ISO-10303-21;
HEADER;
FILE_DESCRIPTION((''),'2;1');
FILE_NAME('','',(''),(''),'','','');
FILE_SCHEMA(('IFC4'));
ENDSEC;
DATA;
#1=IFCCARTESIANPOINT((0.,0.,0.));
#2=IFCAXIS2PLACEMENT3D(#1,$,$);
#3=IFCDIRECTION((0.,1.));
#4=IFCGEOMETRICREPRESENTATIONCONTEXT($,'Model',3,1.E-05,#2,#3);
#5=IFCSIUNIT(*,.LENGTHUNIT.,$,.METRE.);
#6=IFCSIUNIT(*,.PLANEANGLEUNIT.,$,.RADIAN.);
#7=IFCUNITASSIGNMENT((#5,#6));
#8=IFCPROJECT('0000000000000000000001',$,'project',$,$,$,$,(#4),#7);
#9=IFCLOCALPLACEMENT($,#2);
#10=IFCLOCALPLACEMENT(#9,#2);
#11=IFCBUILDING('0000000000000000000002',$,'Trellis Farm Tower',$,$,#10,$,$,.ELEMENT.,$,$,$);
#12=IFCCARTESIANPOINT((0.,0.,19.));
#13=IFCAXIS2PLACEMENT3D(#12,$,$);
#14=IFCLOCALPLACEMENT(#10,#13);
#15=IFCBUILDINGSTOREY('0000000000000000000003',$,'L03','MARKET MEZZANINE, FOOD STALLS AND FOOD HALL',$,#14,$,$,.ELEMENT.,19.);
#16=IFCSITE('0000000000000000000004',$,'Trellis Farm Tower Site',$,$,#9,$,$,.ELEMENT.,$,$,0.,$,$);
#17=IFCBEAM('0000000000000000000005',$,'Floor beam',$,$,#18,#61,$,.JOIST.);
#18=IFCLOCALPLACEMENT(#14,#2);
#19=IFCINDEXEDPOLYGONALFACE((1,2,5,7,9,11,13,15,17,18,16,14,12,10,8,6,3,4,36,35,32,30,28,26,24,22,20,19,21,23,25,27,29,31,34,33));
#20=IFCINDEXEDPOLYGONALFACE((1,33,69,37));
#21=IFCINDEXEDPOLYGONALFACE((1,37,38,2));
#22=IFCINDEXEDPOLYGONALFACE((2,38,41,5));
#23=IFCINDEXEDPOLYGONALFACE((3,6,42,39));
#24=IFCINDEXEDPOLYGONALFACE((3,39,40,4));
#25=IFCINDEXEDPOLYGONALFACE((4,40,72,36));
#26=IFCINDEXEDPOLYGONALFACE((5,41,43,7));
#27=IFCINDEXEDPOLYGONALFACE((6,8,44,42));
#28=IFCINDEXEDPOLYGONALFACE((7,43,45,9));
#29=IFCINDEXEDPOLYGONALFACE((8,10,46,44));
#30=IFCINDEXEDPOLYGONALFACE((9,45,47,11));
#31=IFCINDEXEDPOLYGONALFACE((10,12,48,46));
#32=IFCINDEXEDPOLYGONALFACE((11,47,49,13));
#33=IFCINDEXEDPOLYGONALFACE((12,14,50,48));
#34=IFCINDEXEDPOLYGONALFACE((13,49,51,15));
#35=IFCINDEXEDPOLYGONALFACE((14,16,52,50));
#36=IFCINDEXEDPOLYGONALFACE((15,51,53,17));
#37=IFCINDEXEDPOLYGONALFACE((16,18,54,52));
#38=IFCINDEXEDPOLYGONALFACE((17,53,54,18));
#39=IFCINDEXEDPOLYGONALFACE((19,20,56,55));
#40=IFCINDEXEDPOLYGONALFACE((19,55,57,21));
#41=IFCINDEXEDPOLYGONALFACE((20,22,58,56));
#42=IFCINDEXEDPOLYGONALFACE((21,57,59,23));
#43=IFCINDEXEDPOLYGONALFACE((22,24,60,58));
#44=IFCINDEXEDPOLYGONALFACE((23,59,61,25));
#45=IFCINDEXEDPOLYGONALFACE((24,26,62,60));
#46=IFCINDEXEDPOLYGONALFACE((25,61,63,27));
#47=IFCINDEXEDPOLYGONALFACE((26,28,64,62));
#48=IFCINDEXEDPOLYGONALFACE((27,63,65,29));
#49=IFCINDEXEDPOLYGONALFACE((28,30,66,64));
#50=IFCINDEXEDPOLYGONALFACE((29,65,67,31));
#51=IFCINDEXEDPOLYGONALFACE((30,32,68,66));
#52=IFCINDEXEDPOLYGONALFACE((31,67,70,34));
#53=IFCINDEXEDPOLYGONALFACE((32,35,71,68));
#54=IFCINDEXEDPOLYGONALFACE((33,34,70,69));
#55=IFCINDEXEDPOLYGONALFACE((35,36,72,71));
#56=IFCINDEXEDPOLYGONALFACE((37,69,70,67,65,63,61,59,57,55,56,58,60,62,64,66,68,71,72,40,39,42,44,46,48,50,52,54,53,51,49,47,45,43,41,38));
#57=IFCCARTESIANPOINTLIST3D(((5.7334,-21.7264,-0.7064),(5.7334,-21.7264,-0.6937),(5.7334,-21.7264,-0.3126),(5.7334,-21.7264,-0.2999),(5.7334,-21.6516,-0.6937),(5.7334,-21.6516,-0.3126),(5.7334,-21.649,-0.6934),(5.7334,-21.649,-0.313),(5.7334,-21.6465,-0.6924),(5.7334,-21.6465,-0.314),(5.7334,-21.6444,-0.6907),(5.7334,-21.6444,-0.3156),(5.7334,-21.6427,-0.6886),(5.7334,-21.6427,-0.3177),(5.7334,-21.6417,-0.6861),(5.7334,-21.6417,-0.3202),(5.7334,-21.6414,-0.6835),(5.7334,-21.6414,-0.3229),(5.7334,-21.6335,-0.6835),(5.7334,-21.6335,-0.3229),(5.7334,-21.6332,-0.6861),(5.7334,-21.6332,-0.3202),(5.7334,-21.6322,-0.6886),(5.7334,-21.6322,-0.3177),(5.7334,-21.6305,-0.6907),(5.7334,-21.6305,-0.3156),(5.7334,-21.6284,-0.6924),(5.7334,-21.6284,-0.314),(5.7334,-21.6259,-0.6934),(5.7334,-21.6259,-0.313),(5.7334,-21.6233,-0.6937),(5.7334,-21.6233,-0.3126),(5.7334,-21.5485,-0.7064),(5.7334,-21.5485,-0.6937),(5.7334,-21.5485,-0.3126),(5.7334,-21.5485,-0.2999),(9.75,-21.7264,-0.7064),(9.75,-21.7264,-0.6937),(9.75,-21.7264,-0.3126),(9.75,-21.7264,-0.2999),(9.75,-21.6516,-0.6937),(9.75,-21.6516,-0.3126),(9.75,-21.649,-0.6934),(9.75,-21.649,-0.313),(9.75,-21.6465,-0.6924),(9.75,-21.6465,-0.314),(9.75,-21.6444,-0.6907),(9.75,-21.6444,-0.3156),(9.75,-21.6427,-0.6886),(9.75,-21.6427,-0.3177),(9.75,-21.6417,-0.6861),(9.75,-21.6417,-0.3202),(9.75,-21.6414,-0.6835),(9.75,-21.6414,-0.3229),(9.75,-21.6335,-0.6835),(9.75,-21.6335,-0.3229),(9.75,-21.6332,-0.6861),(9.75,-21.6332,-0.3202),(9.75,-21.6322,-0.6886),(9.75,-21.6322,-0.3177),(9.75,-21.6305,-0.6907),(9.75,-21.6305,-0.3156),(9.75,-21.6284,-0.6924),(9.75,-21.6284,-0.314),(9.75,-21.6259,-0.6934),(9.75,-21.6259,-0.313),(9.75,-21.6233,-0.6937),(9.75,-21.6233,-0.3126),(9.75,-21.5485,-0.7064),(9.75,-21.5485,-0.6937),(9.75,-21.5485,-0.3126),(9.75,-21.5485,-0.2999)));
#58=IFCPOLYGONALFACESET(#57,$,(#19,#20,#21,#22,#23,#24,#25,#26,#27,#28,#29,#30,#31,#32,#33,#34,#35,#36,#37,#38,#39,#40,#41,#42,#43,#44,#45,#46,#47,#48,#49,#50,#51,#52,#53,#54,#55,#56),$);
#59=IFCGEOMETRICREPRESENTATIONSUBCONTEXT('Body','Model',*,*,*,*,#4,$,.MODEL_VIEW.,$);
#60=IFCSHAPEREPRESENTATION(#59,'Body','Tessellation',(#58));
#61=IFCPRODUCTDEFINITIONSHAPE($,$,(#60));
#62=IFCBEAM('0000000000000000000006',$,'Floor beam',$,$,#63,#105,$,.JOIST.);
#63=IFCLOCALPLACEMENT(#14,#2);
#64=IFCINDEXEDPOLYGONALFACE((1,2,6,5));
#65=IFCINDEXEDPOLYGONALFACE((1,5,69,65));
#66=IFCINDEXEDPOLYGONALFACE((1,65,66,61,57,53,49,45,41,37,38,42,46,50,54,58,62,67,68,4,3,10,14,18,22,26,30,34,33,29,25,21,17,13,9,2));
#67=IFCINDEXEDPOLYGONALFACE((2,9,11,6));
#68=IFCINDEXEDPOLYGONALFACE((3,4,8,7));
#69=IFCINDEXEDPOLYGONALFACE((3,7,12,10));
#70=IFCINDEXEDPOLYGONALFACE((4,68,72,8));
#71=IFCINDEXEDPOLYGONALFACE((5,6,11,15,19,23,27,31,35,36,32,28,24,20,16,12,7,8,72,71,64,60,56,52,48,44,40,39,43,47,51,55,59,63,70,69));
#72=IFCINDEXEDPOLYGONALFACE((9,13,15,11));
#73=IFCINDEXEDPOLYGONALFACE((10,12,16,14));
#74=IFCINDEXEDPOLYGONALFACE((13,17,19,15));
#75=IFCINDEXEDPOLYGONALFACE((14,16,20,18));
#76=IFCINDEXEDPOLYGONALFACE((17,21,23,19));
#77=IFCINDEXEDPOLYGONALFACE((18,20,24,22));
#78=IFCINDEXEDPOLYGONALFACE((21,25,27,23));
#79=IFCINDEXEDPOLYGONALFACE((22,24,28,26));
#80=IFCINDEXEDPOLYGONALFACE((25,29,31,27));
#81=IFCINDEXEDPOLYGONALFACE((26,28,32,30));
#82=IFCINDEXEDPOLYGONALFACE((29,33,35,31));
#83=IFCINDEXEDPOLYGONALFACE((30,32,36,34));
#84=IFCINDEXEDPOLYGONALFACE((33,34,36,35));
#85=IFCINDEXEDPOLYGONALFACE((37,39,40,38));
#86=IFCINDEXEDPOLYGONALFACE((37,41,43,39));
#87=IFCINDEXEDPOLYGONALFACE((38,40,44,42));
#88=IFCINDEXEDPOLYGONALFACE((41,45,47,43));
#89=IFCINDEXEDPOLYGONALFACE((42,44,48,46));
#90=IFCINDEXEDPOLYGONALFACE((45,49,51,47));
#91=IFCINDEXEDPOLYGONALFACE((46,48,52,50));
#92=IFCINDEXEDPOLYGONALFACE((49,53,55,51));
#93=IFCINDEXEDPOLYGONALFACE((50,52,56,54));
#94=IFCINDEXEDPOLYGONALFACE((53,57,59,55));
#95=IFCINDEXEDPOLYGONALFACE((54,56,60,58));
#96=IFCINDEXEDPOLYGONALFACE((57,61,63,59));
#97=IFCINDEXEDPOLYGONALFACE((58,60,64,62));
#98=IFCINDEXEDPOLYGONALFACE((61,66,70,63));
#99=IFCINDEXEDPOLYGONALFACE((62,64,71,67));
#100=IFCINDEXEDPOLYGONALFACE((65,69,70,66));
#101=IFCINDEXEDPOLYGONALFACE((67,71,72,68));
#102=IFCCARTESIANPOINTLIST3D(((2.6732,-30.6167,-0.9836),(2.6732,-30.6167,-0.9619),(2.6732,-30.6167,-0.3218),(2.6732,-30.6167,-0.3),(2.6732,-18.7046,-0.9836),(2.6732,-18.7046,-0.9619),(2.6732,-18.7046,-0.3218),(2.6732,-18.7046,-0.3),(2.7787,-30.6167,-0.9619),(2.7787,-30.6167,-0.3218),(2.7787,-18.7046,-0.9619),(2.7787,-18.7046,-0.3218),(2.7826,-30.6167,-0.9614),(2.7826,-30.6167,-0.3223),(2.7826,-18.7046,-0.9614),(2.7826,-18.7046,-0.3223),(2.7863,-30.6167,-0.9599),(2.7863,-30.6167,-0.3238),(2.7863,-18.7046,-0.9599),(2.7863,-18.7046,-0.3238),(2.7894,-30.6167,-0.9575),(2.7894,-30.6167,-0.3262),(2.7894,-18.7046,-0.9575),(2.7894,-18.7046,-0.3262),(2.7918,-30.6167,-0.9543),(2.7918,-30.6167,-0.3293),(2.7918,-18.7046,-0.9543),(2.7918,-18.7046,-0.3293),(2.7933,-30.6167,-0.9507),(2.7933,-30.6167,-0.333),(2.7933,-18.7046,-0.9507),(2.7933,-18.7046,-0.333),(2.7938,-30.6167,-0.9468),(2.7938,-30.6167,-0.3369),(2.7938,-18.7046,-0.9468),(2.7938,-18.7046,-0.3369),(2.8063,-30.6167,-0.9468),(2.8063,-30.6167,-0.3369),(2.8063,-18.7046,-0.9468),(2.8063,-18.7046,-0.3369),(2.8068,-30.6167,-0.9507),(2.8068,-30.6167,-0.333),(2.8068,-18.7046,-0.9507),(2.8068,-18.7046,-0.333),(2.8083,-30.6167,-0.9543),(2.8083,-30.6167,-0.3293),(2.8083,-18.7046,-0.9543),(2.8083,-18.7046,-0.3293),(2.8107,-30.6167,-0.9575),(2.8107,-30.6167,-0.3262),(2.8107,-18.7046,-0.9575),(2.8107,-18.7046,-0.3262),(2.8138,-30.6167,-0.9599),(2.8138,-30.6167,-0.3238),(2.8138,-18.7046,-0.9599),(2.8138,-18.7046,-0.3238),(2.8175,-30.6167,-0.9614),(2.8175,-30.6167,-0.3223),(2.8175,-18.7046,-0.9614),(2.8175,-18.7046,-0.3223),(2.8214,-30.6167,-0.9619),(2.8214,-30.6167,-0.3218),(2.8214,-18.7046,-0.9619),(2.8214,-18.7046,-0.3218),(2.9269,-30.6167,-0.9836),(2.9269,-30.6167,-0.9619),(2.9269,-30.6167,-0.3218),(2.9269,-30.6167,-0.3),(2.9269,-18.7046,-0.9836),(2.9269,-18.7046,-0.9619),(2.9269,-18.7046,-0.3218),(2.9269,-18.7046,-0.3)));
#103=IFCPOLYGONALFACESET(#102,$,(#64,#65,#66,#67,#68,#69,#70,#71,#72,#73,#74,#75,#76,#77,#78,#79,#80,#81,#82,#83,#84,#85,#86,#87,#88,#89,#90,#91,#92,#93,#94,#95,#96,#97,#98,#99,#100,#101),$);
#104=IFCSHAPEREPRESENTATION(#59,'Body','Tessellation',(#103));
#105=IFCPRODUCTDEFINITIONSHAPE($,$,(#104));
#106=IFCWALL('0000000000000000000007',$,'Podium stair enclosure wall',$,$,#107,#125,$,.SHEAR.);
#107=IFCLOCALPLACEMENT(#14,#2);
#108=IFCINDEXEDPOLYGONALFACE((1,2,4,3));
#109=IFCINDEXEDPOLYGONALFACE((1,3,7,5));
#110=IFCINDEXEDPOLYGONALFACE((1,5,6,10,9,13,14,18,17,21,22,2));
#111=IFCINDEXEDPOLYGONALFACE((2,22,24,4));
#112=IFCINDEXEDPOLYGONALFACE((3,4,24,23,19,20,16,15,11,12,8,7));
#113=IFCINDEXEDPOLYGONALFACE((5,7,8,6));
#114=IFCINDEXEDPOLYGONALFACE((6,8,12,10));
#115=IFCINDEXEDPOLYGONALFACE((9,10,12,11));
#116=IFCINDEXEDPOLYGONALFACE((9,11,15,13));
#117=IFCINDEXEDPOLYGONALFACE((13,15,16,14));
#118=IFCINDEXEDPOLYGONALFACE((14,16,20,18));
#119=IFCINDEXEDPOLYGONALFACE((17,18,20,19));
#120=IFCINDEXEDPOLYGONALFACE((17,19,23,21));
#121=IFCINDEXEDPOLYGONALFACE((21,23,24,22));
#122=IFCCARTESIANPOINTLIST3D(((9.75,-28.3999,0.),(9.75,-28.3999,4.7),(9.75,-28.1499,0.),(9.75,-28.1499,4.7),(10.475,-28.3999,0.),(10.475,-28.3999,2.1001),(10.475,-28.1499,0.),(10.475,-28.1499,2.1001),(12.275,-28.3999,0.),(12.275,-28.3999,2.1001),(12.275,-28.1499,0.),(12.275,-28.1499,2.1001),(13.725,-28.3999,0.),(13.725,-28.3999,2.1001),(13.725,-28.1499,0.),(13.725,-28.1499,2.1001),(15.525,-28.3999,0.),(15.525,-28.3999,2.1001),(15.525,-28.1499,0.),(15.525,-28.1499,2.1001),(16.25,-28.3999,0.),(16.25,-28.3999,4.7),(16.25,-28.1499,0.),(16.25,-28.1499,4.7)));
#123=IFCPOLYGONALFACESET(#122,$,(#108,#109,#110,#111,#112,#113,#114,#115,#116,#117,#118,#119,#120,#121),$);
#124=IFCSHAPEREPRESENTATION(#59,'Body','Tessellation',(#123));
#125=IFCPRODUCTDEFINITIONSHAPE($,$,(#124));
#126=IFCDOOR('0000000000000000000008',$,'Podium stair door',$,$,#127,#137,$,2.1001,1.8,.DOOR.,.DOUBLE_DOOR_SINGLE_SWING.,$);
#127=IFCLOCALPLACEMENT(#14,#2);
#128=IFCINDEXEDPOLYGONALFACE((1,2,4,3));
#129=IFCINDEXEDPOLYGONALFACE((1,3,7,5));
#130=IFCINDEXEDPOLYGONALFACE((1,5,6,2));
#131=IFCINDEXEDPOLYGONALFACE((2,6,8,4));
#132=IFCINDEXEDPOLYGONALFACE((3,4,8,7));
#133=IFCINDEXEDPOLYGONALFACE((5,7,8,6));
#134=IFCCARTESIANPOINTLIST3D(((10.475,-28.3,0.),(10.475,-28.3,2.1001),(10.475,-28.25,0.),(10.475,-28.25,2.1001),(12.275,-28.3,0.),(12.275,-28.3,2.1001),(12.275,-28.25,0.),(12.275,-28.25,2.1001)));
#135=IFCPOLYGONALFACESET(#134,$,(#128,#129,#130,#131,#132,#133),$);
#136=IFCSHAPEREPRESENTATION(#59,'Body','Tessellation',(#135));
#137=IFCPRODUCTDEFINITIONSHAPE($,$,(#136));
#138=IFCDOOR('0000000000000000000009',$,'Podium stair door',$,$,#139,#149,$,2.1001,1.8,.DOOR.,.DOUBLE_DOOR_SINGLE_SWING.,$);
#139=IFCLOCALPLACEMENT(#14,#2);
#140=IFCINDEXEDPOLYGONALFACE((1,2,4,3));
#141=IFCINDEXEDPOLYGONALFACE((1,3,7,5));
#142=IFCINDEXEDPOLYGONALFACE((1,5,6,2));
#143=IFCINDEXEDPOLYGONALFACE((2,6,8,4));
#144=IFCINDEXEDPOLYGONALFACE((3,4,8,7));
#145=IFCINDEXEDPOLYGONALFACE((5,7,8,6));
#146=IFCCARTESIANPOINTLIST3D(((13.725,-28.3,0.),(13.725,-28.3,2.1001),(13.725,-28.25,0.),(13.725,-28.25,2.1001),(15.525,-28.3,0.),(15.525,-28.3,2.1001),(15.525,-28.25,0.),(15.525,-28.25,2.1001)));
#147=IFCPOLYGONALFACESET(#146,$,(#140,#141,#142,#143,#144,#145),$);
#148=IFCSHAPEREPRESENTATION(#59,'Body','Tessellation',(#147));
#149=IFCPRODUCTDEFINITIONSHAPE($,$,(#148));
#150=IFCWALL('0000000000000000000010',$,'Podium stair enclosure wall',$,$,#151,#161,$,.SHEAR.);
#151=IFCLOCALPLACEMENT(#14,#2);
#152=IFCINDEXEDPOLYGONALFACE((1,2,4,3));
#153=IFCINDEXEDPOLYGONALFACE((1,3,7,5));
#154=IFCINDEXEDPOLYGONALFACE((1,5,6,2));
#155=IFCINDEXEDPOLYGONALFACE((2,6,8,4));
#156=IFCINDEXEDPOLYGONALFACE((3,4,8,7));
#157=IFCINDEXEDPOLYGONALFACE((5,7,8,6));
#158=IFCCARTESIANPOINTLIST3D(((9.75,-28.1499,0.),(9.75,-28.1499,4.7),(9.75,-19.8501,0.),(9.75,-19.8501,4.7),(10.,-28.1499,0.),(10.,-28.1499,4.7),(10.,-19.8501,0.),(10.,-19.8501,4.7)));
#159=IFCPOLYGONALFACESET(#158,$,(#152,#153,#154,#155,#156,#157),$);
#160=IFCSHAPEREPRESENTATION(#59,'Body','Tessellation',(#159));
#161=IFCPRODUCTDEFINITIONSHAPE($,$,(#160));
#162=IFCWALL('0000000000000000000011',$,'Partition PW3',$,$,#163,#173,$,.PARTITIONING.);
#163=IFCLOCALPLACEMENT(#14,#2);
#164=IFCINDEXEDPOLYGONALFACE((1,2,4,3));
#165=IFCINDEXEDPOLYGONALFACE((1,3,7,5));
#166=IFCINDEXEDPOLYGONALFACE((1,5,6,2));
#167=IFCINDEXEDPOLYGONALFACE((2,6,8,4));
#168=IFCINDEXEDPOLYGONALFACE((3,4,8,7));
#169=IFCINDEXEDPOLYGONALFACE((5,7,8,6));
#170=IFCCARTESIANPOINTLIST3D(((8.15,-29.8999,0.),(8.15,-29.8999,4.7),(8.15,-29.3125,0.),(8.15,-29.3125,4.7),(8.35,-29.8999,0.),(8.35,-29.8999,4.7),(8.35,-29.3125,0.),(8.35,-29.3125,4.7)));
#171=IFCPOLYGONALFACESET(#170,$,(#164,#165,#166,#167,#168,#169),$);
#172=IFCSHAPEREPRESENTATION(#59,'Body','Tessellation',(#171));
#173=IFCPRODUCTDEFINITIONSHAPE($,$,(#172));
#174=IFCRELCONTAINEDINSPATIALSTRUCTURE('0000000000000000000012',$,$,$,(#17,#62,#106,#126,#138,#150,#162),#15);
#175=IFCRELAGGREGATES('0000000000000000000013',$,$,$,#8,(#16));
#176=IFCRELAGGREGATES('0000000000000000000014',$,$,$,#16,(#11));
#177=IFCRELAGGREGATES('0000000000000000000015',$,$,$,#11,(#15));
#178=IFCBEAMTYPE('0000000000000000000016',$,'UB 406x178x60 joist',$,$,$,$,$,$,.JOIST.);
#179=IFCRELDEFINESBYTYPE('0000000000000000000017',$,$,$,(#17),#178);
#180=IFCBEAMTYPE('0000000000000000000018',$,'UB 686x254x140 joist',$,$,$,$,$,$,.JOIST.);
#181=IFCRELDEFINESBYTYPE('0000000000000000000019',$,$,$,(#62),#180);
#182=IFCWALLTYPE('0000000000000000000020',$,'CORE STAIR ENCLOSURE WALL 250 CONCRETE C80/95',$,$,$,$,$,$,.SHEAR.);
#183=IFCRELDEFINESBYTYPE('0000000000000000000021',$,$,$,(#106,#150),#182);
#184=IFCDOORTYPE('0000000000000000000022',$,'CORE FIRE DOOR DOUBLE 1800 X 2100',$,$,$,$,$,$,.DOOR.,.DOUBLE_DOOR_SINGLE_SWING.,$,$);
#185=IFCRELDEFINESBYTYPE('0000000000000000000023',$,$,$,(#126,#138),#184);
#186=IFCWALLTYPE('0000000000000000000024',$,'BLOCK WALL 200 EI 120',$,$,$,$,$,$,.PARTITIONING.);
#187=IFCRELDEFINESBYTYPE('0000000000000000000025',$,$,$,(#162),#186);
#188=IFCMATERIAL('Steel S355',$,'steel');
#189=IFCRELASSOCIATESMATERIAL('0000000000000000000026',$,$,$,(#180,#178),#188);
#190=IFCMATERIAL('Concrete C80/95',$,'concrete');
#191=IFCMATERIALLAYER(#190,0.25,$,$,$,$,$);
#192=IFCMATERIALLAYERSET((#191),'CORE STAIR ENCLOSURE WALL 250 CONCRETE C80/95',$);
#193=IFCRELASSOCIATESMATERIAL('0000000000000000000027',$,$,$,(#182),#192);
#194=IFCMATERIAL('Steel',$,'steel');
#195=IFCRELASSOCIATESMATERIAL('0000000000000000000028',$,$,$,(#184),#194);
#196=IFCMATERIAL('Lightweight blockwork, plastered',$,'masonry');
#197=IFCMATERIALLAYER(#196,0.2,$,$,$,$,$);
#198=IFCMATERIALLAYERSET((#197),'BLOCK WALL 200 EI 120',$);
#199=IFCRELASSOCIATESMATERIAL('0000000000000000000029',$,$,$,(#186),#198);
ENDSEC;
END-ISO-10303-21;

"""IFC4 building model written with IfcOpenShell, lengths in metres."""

from ifc_helpers import new_model, si_unit, direction, frame, frame_2d, origin, origin_2d, place, context, subcontext, project, spatial, rectangle, i_section, extrude, source, transform, mapped, material, layer, layer_set, material_profile, profile_set, type_object, element, fill, save


model = new_model("IFC4")

# Units and contexts
model_context = context("Model", 3, precision=1e-05, world=origin(), true_north=direction((0.0, 1.0)))
body_context = subcontext(model_context, "Body", "Model", "MODEL_VIEW")
ifc_project = project(units=[si_unit("LENGTHUNIT", "METRE"), si_unit("PLANEANGLEUNIT", "RADIAN")], contexts=[model_context])

# Site, building, storey
site_placement = place(None, origin())
site = spatial("IfcSite", under=ifc_project, at=site_placement, Name="Trellis Farm Tower Site", CompositionType="ELEMENT", RefElevation=0.0)
building_placement = place(site_placement, origin())
building = spatial("IfcBuilding", under=site, at=building_placement, Name="Trellis Farm Tower", CompositionType="ELEMENT")
storey_placement = place(building_placement, frame((0.0, 0.0, 19.0)))
storey = spatial("IfcBuildingStorey", under=building, at=storey_placement, Name="L03", Description="MARKET MEZZANINE, FOOD STALLS AND FOOD HALL", CompositionType="ELEMENT", Elevation=19.0)

# Shared definitions
ifc_material_1 = material(Name="Concrete C80/95", Category="concrete")

# Beams
ifc_material_2 = material(Name="Steel S355", Category="steel")
ifc_material_profile_1 = material_profile(ifc_material_2, i_section(OverallWidth=0.2537, OverallDepth=0.6836, WebThickness=0.0125, FlangeThickness=0.0217, FilletRadius=0.0151, at=origin_2d()), Name="UB 686x254x140")
ifc_profile_set_1 = profile_set([ifc_material_profile_1], Name="Steel S355")
beam_type_1 = type_object("IfcBeamType", Name="UB 686x254x140 joist", PredefinedType="JOIST", material=ifc_profile_set_1)
ifc_material_profile_2 = material_profile(ifc_material_2, i_section(OverallWidth=0.178, OverallDepth=0.4065, WebThickness=0.0078, FlangeThickness=0.0127, FilletRadius=0.0103, at=origin_2d()), Name="UB 406x178x60")
ifc_profile_set_2 = profile_set([ifc_material_profile_2], Name="Steel S355")
beam_type_2 = type_object("IfcBeamType", Name="UB 406x178x60 joist", PredefinedType="JOIST", material=ifc_profile_set_2)
shared_shape_1 = source(origin(), body_context, "Body", "SweptSolid", [
    extrude(i_section(OverallWidth=0.178, OverallDepth=0.4065, WebThickness=0.0078, FlangeThickness=0.0127, FilletRadius=0.0103, at=origin_2d()), origin(), (0.0, 0.0, 1.0), 4.0166),
])
for number, where, z_axis, x_axis, name in (
    (1, (5.7334, -21.6375, -0.5032), (1.0, 0.0, 0.0), (0.0, 1.0, 0.0), "Floor beam"),
):
    element("IfcBeam", number, at=place(storey_placement, frame(where, z_axis=z_axis, x_axis=x_axis)), inside=storey, type_object=beam_type_2, Name=name, PredefinedType="JOIST", context=body_context, shape_type="MappedRepresentation", body=[
        mapped(shared_shape_1, transform((0.0, 0.0, 0.0))),
    ])
shared_shape_2 = source(origin(), body_context, "Body", "SweptSolid", [
    extrude(i_section(OverallWidth=0.2537, OverallDepth=0.6836, WebThickness=0.0125, FlangeThickness=0.0217, FilletRadius=0.0151, at=origin_2d()), origin(), (0.0, 0.0, 1.0), 11.9121),
])
beam_1_placement = place(storey_placement, frame((2.8, -30.6167, -0.6418), z_axis=(0.0, 1.0, 0.0), x_axis=(-1.0, 0.0, 0.0)))
element("IfcBeam", 2, at=beam_1_placement, inside=storey, type_object=beam_type_1, Name="Floor beam", PredefinedType="JOIST", context=body_context, shape_type="MappedRepresentation", body=[
    mapped(shared_shape_2, transform((0.0, 0.0, 0.0))),
])

# Wall, openings, doors
ifc_layer_1 = layer(ifc_material_1, 0.25)
ifc_layer_set_1 = layer_set([ifc_layer_1], Name="CORE STAIR ENCLOSURE WALL 250 CONCRETE C80/95")
wall_type_1 = type_object("IfcWallType", Name="CORE STAIR ENCLOSURE WALL 250 CONCRETE C80/95", PredefinedType="SHEAR", material=ifc_layer_set_1)
shared_shape_3 = source(origin(), body_context, "Body", "SweptSolid", [
    extrude(rectangle(XDim=6.5, YDim=0.25, at=frame_2d((3.25, 0.0))), origin(), (0.0, 0.0, 1.0), 4.7),
])
wall_1_placement = place(storey_placement, frame((9.75, -28.2749, 0.0), z_axis=(0.0, 0.0, 1.0), x_axis=(1.0, 0.0, 0.0)))
wall_1 = element("IfcWall", 3, at=wall_1_placement, inside=storey, type_object=wall_type_1, Name="Podium stair enclosure wall", PredefinedType="SHEAR", context=body_context, shape_type="MappedRepresentation", body=[
    mapped(shared_shape_3, transform((0.0, 0.0, 0.0))),
])
shared_shape_4 = source(origin(), body_context, "Body", "SweptSolid", [
    extrude(rectangle(XDim=1.8, YDim=2.1001, at=frame_2d((0.8999, 1.05))), frame((0.0, 0.135, 0.0), z_axis=(0.0, -1.0, 0.0), x_axis=(1.0, 0.0, 0.0)), (0.0, 0.0, 1.0), 0.27),
])
opening_1_placement = place(wall_1_placement, frame((0.7251, 0.0, 0.0)))
opening_1 = element("IfcOpeningElement", 4, at=opening_1_placement, cuts=wall_1, PredefinedType="OPENING", context=body_context, shape_type="MappedRepresentation", body=[
    mapped(shared_shape_4, transform((0.0, 0.0, 0.0))),
])
opening_2_placement = place(wall_1_placement, frame((3.9751, 0.0, 0.0)))
opening_2 = element("IfcOpeningElement", 5, at=opening_2_placement, cuts=wall_1, PredefinedType="OPENING", context=body_context, shape_type="MappedRepresentation", body=[
    mapped(shared_shape_4, transform((0.0, 0.0, 0.0))),
])
ifc_material_3 = material(Name="Steel", Category="steel")
door_type_1 = type_object("IfcDoorType", Name="CORE FIRE DOOR DOUBLE 1800 X 2100", OperationType="DOUBLE_DOOR_SINGLE_SWING", PredefinedType="DOOR", material=ifc_material_3)
shared_shape_5 = source(origin(), body_context, "Body", "SweptSolid", [
    extrude(rectangle(XDim=1.8, YDim=2.1001, at=frame_2d((0.8999, 1.05))), frame((0.0, 0.0249, 0.0), z_axis=(0.0, -1.0, 0.0), x_axis=(1.0, 0.0, 0.0)), (0.0, 0.0, 1.0), 0.05),
])
door_1_placement = place(opening_1_placement, origin())
door_1 = element("IfcDoor", 6, at=door_1_placement, inside=storey, type_object=door_type_1, Name="Podium stair door", OperationType="DOUBLE_DOOR_SINGLE_SWING", OverallHeight=2.1001, OverallWidth=1.8, PredefinedType="DOOR", context=body_context, shape_type="MappedRepresentation", body=[
    mapped(shared_shape_5, transform((0.0, 0.0, 0.0))),
])
fill(opening_1, door_1)
door_2_placement = place(opening_2_placement, origin())
door_2 = element("IfcDoor", 7, at=door_2_placement, inside=storey, type_object=door_type_1, Name="Podium stair door", OperationType="DOUBLE_DOOR_SINGLE_SWING", OverallHeight=2.1001, OverallWidth=1.8, PredefinedType="DOOR", context=body_context, shape_type="MappedRepresentation", body=[
    mapped(shared_shape_5, transform((0.0, 0.0, 0.0))),
])
fill(opening_2, door_2)

# Walls
shared_shape_6 = source(origin(), body_context, "Body", "SweptSolid", [
    extrude(rectangle(XDim=8.2998, YDim=0.25, at=frame_2d((4.1499, 0.0))), origin(), (0.0, 0.0, 1.0), 4.7),
])
wall_2_placement = place(storey_placement, frame((9.875, -28.1499, 0.0), z_axis=(0.0, 0.0, 1.0), x_axis=(0.0, 1.0, 0.0)))
element("IfcWall", 8, at=wall_2_placement, inside=storey, type_object=wall_type_1, Name="Podium stair enclosure wall", PredefinedType="SHEAR", context=body_context, shape_type="MappedRepresentation", body=[
    mapped(shared_shape_6, transform((0.0, 0.0, 0.0))),
])
ifc_material_4 = material(Name="Lightweight blockwork, plastered", Category="masonry")
ifc_layer_2 = layer(ifc_material_4, 0.2)
ifc_layer_set_2 = layer_set([ifc_layer_2], Name="BLOCK WALL 200 EI 120")
wall_type_2 = type_object("IfcWallType", Name="BLOCK WALL 200 EI 120", PredefinedType="PARTITIONING", material=ifc_layer_set_2)
shared_shape_7 = source(origin(), body_context, "Body", "SweptSolid", [
    extrude(rectangle(XDim=0.5874, YDim=0.2, at=frame_2d((0.2937, 0.0))), origin(), (0.0, 0.0, 1.0), 4.7),
])
wall_3_placement = place(storey_placement, frame((8.25, -29.8999, 0.0), z_axis=(0.0, 0.0, 1.0), x_axis=(0.0, 1.0, 0.0)))
element("IfcWall", 9, at=wall_3_placement, inside=storey, type_object=wall_type_2, Name="Partition PW3", PredefinedType="PARTITIONING", context=body_context, shape_type="MappedRepresentation", body=[
    mapped(shared_shape_7, transform((0.0, 0.0, 0.0))),
])

save(model, "model.ifc")
